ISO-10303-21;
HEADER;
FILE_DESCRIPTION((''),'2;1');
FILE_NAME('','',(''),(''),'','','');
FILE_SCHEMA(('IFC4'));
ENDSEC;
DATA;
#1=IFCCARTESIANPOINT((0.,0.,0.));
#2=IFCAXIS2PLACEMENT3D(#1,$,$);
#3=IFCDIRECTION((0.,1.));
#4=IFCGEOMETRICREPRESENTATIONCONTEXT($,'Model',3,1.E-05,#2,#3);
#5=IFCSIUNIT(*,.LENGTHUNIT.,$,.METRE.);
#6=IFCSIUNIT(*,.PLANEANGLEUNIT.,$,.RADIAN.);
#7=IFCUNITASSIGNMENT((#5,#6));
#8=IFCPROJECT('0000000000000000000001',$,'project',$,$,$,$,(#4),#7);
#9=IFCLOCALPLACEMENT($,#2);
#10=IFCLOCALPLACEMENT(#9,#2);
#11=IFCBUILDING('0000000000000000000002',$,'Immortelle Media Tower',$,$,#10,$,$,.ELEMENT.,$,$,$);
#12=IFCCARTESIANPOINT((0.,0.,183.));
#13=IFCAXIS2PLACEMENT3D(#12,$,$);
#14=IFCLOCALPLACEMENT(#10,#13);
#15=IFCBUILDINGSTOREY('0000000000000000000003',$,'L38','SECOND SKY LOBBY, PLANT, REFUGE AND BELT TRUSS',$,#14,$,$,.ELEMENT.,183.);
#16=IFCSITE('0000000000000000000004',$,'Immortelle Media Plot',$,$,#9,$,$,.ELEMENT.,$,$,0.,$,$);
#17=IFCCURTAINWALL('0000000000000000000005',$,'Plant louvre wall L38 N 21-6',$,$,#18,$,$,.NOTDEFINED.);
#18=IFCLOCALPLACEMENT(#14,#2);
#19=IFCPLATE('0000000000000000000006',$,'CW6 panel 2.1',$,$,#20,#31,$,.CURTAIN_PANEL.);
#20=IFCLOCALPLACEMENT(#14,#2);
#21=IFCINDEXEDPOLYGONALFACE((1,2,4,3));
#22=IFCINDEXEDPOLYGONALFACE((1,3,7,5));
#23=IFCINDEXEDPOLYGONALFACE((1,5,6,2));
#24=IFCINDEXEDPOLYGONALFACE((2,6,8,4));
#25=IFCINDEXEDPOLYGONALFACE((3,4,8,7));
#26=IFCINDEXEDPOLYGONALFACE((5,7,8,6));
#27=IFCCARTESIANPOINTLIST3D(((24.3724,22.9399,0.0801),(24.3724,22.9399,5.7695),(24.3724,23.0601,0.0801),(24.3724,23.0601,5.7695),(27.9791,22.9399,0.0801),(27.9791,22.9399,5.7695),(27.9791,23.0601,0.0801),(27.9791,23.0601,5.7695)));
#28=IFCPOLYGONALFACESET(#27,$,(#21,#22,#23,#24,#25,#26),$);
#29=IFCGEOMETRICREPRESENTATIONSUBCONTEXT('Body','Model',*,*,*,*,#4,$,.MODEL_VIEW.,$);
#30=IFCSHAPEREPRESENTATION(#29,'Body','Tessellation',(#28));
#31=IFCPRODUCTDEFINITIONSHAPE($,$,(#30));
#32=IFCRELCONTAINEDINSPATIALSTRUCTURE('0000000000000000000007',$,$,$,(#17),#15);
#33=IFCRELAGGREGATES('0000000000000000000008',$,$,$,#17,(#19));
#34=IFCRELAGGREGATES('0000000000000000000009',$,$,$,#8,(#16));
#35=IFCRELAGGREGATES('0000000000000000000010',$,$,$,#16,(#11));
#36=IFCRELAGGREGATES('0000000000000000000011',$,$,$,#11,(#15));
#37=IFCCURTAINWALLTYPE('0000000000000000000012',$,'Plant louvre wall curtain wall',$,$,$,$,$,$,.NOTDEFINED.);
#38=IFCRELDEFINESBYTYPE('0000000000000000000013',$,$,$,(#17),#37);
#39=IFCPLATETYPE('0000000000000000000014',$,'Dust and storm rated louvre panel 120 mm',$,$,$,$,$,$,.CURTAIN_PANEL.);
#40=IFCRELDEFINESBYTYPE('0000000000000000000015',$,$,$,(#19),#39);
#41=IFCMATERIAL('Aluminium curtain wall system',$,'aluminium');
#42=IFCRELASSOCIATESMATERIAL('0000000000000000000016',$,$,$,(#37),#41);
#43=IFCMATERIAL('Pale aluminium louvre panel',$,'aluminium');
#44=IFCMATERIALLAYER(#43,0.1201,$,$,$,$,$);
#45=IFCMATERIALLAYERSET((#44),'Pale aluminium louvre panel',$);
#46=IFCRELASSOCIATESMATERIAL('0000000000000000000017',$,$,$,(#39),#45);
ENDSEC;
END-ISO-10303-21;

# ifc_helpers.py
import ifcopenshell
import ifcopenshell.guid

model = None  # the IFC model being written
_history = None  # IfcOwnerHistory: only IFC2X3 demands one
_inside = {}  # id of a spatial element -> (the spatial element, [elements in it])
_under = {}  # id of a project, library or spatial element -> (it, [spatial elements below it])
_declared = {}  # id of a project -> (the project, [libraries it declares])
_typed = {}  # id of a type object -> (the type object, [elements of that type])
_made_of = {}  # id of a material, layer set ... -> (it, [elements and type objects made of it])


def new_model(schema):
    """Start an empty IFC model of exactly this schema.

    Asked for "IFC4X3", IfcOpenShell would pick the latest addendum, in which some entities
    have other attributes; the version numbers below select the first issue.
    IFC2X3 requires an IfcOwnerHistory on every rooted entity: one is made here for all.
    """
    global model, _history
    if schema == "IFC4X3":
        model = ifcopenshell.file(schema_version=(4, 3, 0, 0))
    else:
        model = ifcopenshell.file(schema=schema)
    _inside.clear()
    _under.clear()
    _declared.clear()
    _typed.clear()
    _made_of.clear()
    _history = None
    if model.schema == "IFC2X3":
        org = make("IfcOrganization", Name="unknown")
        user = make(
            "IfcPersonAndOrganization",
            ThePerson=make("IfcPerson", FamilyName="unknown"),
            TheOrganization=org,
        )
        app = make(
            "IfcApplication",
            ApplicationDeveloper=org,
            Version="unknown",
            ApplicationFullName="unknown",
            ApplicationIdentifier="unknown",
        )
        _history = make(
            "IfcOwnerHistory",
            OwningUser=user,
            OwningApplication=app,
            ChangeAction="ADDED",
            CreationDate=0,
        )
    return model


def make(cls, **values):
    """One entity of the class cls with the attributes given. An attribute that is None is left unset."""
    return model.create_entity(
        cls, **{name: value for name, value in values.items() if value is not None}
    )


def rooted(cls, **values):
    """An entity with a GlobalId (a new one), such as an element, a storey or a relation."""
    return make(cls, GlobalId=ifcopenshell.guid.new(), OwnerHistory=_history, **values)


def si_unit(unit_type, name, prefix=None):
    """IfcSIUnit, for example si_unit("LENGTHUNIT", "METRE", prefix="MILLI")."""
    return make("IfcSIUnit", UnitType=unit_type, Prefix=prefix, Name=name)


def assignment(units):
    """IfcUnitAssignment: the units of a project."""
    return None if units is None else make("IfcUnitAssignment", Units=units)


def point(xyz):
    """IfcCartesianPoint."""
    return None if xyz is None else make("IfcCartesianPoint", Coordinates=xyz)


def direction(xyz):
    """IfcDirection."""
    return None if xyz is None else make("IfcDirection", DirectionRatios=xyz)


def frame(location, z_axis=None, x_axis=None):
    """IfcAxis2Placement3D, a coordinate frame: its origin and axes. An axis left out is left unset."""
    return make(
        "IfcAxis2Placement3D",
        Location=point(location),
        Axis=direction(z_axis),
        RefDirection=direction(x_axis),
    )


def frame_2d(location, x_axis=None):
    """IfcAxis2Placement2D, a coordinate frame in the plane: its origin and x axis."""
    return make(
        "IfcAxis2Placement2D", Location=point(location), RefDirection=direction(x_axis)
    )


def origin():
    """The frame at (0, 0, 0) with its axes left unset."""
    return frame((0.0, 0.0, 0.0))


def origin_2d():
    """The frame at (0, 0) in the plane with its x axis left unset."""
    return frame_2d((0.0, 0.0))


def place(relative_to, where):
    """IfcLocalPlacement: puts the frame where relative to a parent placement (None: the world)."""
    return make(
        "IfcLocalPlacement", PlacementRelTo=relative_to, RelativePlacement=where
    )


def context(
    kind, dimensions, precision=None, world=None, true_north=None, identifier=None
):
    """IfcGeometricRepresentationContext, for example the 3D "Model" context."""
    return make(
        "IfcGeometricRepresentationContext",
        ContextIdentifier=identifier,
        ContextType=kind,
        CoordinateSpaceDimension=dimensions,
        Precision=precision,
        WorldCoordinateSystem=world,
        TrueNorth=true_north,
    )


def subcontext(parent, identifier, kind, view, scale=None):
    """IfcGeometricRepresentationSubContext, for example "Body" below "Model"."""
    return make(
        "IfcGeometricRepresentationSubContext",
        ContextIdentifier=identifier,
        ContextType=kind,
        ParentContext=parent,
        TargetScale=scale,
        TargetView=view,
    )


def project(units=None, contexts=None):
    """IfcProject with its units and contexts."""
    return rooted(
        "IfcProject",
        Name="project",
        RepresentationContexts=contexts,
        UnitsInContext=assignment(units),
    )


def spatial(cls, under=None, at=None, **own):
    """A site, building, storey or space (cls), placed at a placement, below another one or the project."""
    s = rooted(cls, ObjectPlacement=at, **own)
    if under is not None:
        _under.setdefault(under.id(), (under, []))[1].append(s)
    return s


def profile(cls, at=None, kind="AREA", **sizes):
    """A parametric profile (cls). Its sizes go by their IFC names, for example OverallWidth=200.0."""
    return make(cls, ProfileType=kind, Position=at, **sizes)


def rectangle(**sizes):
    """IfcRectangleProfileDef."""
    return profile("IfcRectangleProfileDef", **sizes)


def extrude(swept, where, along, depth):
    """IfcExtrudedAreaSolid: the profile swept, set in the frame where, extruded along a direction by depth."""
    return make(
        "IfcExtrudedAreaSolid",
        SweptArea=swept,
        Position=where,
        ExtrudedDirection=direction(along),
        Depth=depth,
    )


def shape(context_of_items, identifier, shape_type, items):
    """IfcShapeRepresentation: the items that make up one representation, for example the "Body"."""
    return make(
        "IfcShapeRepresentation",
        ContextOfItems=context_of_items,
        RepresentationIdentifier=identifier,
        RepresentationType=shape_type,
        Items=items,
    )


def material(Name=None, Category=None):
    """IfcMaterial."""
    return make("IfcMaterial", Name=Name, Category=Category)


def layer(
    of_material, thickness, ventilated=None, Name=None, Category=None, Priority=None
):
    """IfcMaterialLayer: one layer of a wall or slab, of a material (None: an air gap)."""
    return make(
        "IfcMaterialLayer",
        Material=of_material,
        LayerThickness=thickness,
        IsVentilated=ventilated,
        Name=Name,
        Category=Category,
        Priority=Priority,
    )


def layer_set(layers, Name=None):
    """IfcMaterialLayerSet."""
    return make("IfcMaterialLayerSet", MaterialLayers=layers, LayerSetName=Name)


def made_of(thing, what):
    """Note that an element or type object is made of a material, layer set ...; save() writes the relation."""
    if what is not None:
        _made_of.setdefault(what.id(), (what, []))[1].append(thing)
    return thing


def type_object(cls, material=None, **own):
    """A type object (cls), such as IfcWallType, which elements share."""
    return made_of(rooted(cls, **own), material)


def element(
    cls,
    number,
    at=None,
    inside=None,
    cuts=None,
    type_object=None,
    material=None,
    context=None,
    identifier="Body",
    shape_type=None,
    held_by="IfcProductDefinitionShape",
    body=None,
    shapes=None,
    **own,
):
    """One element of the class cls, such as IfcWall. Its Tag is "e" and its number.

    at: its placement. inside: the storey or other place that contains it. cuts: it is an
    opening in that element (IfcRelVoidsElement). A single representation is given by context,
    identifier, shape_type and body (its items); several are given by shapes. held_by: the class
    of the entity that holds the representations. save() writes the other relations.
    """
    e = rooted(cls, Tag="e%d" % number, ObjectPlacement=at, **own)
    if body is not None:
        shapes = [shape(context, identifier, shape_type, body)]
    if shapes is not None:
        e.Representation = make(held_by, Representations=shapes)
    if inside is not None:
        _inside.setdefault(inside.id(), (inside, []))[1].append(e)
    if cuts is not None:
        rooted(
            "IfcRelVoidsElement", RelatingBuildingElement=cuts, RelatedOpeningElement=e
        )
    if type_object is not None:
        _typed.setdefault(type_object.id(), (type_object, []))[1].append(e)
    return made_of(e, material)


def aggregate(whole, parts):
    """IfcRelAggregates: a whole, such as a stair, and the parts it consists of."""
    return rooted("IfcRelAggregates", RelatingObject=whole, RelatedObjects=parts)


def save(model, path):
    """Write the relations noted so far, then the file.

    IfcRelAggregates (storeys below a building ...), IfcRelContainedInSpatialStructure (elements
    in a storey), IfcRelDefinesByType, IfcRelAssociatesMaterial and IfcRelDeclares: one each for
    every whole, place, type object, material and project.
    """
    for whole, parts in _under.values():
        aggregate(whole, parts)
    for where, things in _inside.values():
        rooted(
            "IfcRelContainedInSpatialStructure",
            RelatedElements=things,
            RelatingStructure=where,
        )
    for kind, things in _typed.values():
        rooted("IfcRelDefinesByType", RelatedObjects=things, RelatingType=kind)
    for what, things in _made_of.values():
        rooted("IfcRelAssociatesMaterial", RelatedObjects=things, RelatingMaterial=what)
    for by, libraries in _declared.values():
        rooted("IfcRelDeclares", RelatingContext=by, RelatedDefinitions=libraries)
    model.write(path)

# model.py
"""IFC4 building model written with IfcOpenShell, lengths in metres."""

from ifc_helpers import new_model, si_unit, direction, frame, origin, origin_2d, place, context, subcontext, project, spatial, rectangle, extrude, material, layer, layer_set, type_object, element, aggregate, save


model = new_model("IFC4")

# Units and contexts
model_context = context("Model", 3, precision=1e-05, world=origin(), true_north=direction((0.0, 1.0)))
body_context = subcontext(model_context, "Body", "Model", "MODEL_VIEW")
ifc_project = project(units=[si_unit("LENGTHUNIT", "METRE"), si_unit("PLANEANGLEUNIT", "RADIAN")], contexts=[model_context])

# Site, building, storey
site_placement = place(None, origin())
site = spatial("IfcSite", under=ifc_project, at=site_placement, Name="Immortelle Media Plot", CompositionType="ELEMENT", RefElevation=0.0)
building_placement = place(site_placement, origin())
building = spatial("IfcBuilding", under=site, at=building_placement, Name="Immortelle Media Tower", CompositionType="ELEMENT")
storey_placement = place(building_placement, frame((0.0, 0.0, 183.0)))
storey = spatial("IfcBuildingStorey", under=building, at=storey_placement, Name="L38", Description="SECOND SKY LOBBY, PLANT, REFUGE AND BELT TRUSS", CompositionType="ELEMENT", Elevation=183.0)

# Curtain wall
ifc_material_1 = material(Name="Aluminium curtain wall system", Category="aluminium")
curtain_wall_type = type_object("IfcCurtainWallType", Name="Plant louvre wall curtain wall", PredefinedType="NOTDEFINED", material=ifc_material_1)
curtain_wall_1_placement = place(storey_placement, origin())
curtain_wall_1 = element("IfcCurtainWall", 1, at=curtain_wall_1_placement, inside=storey, type_object=curtain_wall_type, Name="Plant louvre wall L38 N 21-6", PredefinedType="NOTDEFINED")

# Plate
ifc_material_2 = material(Name="Pale aluminium louvre panel", Category="aluminium")
ifc_layer = layer(ifc_material_2, 0.1201)
ifc_layer_set = layer_set([ifc_layer], Name="Pale aluminium louvre panel")
plate_type = type_object("IfcPlateType", Name="Dust and storm rated louvre panel 120 mm", PredefinedType="CURTAIN_PANEL", material=ifc_layer_set)
plate_1_placement = place(storey_placement, frame((26.1758, 23.0, 0.0801), z_axis=(0.0, 0.0, 1.0), x_axis=(-1.0, 0.0, 0.0)))
plate_1 = element("IfcPlate", 2, at=plate_1_placement, type_object=plate_type, Name="CW6 panel 2.1", PredefinedType="CURTAIN_PANEL", context=body_context, shape_type="SweptSolid", body=[
    extrude(rectangle(XDim=3.6067, YDim=0.1201, at=origin_2d()), origin(), (0.0, 0.0, 1.0), 5.6895),
])
aggregate(curtain_wall_1, [plate_1])

save(model, "model.ifc")
